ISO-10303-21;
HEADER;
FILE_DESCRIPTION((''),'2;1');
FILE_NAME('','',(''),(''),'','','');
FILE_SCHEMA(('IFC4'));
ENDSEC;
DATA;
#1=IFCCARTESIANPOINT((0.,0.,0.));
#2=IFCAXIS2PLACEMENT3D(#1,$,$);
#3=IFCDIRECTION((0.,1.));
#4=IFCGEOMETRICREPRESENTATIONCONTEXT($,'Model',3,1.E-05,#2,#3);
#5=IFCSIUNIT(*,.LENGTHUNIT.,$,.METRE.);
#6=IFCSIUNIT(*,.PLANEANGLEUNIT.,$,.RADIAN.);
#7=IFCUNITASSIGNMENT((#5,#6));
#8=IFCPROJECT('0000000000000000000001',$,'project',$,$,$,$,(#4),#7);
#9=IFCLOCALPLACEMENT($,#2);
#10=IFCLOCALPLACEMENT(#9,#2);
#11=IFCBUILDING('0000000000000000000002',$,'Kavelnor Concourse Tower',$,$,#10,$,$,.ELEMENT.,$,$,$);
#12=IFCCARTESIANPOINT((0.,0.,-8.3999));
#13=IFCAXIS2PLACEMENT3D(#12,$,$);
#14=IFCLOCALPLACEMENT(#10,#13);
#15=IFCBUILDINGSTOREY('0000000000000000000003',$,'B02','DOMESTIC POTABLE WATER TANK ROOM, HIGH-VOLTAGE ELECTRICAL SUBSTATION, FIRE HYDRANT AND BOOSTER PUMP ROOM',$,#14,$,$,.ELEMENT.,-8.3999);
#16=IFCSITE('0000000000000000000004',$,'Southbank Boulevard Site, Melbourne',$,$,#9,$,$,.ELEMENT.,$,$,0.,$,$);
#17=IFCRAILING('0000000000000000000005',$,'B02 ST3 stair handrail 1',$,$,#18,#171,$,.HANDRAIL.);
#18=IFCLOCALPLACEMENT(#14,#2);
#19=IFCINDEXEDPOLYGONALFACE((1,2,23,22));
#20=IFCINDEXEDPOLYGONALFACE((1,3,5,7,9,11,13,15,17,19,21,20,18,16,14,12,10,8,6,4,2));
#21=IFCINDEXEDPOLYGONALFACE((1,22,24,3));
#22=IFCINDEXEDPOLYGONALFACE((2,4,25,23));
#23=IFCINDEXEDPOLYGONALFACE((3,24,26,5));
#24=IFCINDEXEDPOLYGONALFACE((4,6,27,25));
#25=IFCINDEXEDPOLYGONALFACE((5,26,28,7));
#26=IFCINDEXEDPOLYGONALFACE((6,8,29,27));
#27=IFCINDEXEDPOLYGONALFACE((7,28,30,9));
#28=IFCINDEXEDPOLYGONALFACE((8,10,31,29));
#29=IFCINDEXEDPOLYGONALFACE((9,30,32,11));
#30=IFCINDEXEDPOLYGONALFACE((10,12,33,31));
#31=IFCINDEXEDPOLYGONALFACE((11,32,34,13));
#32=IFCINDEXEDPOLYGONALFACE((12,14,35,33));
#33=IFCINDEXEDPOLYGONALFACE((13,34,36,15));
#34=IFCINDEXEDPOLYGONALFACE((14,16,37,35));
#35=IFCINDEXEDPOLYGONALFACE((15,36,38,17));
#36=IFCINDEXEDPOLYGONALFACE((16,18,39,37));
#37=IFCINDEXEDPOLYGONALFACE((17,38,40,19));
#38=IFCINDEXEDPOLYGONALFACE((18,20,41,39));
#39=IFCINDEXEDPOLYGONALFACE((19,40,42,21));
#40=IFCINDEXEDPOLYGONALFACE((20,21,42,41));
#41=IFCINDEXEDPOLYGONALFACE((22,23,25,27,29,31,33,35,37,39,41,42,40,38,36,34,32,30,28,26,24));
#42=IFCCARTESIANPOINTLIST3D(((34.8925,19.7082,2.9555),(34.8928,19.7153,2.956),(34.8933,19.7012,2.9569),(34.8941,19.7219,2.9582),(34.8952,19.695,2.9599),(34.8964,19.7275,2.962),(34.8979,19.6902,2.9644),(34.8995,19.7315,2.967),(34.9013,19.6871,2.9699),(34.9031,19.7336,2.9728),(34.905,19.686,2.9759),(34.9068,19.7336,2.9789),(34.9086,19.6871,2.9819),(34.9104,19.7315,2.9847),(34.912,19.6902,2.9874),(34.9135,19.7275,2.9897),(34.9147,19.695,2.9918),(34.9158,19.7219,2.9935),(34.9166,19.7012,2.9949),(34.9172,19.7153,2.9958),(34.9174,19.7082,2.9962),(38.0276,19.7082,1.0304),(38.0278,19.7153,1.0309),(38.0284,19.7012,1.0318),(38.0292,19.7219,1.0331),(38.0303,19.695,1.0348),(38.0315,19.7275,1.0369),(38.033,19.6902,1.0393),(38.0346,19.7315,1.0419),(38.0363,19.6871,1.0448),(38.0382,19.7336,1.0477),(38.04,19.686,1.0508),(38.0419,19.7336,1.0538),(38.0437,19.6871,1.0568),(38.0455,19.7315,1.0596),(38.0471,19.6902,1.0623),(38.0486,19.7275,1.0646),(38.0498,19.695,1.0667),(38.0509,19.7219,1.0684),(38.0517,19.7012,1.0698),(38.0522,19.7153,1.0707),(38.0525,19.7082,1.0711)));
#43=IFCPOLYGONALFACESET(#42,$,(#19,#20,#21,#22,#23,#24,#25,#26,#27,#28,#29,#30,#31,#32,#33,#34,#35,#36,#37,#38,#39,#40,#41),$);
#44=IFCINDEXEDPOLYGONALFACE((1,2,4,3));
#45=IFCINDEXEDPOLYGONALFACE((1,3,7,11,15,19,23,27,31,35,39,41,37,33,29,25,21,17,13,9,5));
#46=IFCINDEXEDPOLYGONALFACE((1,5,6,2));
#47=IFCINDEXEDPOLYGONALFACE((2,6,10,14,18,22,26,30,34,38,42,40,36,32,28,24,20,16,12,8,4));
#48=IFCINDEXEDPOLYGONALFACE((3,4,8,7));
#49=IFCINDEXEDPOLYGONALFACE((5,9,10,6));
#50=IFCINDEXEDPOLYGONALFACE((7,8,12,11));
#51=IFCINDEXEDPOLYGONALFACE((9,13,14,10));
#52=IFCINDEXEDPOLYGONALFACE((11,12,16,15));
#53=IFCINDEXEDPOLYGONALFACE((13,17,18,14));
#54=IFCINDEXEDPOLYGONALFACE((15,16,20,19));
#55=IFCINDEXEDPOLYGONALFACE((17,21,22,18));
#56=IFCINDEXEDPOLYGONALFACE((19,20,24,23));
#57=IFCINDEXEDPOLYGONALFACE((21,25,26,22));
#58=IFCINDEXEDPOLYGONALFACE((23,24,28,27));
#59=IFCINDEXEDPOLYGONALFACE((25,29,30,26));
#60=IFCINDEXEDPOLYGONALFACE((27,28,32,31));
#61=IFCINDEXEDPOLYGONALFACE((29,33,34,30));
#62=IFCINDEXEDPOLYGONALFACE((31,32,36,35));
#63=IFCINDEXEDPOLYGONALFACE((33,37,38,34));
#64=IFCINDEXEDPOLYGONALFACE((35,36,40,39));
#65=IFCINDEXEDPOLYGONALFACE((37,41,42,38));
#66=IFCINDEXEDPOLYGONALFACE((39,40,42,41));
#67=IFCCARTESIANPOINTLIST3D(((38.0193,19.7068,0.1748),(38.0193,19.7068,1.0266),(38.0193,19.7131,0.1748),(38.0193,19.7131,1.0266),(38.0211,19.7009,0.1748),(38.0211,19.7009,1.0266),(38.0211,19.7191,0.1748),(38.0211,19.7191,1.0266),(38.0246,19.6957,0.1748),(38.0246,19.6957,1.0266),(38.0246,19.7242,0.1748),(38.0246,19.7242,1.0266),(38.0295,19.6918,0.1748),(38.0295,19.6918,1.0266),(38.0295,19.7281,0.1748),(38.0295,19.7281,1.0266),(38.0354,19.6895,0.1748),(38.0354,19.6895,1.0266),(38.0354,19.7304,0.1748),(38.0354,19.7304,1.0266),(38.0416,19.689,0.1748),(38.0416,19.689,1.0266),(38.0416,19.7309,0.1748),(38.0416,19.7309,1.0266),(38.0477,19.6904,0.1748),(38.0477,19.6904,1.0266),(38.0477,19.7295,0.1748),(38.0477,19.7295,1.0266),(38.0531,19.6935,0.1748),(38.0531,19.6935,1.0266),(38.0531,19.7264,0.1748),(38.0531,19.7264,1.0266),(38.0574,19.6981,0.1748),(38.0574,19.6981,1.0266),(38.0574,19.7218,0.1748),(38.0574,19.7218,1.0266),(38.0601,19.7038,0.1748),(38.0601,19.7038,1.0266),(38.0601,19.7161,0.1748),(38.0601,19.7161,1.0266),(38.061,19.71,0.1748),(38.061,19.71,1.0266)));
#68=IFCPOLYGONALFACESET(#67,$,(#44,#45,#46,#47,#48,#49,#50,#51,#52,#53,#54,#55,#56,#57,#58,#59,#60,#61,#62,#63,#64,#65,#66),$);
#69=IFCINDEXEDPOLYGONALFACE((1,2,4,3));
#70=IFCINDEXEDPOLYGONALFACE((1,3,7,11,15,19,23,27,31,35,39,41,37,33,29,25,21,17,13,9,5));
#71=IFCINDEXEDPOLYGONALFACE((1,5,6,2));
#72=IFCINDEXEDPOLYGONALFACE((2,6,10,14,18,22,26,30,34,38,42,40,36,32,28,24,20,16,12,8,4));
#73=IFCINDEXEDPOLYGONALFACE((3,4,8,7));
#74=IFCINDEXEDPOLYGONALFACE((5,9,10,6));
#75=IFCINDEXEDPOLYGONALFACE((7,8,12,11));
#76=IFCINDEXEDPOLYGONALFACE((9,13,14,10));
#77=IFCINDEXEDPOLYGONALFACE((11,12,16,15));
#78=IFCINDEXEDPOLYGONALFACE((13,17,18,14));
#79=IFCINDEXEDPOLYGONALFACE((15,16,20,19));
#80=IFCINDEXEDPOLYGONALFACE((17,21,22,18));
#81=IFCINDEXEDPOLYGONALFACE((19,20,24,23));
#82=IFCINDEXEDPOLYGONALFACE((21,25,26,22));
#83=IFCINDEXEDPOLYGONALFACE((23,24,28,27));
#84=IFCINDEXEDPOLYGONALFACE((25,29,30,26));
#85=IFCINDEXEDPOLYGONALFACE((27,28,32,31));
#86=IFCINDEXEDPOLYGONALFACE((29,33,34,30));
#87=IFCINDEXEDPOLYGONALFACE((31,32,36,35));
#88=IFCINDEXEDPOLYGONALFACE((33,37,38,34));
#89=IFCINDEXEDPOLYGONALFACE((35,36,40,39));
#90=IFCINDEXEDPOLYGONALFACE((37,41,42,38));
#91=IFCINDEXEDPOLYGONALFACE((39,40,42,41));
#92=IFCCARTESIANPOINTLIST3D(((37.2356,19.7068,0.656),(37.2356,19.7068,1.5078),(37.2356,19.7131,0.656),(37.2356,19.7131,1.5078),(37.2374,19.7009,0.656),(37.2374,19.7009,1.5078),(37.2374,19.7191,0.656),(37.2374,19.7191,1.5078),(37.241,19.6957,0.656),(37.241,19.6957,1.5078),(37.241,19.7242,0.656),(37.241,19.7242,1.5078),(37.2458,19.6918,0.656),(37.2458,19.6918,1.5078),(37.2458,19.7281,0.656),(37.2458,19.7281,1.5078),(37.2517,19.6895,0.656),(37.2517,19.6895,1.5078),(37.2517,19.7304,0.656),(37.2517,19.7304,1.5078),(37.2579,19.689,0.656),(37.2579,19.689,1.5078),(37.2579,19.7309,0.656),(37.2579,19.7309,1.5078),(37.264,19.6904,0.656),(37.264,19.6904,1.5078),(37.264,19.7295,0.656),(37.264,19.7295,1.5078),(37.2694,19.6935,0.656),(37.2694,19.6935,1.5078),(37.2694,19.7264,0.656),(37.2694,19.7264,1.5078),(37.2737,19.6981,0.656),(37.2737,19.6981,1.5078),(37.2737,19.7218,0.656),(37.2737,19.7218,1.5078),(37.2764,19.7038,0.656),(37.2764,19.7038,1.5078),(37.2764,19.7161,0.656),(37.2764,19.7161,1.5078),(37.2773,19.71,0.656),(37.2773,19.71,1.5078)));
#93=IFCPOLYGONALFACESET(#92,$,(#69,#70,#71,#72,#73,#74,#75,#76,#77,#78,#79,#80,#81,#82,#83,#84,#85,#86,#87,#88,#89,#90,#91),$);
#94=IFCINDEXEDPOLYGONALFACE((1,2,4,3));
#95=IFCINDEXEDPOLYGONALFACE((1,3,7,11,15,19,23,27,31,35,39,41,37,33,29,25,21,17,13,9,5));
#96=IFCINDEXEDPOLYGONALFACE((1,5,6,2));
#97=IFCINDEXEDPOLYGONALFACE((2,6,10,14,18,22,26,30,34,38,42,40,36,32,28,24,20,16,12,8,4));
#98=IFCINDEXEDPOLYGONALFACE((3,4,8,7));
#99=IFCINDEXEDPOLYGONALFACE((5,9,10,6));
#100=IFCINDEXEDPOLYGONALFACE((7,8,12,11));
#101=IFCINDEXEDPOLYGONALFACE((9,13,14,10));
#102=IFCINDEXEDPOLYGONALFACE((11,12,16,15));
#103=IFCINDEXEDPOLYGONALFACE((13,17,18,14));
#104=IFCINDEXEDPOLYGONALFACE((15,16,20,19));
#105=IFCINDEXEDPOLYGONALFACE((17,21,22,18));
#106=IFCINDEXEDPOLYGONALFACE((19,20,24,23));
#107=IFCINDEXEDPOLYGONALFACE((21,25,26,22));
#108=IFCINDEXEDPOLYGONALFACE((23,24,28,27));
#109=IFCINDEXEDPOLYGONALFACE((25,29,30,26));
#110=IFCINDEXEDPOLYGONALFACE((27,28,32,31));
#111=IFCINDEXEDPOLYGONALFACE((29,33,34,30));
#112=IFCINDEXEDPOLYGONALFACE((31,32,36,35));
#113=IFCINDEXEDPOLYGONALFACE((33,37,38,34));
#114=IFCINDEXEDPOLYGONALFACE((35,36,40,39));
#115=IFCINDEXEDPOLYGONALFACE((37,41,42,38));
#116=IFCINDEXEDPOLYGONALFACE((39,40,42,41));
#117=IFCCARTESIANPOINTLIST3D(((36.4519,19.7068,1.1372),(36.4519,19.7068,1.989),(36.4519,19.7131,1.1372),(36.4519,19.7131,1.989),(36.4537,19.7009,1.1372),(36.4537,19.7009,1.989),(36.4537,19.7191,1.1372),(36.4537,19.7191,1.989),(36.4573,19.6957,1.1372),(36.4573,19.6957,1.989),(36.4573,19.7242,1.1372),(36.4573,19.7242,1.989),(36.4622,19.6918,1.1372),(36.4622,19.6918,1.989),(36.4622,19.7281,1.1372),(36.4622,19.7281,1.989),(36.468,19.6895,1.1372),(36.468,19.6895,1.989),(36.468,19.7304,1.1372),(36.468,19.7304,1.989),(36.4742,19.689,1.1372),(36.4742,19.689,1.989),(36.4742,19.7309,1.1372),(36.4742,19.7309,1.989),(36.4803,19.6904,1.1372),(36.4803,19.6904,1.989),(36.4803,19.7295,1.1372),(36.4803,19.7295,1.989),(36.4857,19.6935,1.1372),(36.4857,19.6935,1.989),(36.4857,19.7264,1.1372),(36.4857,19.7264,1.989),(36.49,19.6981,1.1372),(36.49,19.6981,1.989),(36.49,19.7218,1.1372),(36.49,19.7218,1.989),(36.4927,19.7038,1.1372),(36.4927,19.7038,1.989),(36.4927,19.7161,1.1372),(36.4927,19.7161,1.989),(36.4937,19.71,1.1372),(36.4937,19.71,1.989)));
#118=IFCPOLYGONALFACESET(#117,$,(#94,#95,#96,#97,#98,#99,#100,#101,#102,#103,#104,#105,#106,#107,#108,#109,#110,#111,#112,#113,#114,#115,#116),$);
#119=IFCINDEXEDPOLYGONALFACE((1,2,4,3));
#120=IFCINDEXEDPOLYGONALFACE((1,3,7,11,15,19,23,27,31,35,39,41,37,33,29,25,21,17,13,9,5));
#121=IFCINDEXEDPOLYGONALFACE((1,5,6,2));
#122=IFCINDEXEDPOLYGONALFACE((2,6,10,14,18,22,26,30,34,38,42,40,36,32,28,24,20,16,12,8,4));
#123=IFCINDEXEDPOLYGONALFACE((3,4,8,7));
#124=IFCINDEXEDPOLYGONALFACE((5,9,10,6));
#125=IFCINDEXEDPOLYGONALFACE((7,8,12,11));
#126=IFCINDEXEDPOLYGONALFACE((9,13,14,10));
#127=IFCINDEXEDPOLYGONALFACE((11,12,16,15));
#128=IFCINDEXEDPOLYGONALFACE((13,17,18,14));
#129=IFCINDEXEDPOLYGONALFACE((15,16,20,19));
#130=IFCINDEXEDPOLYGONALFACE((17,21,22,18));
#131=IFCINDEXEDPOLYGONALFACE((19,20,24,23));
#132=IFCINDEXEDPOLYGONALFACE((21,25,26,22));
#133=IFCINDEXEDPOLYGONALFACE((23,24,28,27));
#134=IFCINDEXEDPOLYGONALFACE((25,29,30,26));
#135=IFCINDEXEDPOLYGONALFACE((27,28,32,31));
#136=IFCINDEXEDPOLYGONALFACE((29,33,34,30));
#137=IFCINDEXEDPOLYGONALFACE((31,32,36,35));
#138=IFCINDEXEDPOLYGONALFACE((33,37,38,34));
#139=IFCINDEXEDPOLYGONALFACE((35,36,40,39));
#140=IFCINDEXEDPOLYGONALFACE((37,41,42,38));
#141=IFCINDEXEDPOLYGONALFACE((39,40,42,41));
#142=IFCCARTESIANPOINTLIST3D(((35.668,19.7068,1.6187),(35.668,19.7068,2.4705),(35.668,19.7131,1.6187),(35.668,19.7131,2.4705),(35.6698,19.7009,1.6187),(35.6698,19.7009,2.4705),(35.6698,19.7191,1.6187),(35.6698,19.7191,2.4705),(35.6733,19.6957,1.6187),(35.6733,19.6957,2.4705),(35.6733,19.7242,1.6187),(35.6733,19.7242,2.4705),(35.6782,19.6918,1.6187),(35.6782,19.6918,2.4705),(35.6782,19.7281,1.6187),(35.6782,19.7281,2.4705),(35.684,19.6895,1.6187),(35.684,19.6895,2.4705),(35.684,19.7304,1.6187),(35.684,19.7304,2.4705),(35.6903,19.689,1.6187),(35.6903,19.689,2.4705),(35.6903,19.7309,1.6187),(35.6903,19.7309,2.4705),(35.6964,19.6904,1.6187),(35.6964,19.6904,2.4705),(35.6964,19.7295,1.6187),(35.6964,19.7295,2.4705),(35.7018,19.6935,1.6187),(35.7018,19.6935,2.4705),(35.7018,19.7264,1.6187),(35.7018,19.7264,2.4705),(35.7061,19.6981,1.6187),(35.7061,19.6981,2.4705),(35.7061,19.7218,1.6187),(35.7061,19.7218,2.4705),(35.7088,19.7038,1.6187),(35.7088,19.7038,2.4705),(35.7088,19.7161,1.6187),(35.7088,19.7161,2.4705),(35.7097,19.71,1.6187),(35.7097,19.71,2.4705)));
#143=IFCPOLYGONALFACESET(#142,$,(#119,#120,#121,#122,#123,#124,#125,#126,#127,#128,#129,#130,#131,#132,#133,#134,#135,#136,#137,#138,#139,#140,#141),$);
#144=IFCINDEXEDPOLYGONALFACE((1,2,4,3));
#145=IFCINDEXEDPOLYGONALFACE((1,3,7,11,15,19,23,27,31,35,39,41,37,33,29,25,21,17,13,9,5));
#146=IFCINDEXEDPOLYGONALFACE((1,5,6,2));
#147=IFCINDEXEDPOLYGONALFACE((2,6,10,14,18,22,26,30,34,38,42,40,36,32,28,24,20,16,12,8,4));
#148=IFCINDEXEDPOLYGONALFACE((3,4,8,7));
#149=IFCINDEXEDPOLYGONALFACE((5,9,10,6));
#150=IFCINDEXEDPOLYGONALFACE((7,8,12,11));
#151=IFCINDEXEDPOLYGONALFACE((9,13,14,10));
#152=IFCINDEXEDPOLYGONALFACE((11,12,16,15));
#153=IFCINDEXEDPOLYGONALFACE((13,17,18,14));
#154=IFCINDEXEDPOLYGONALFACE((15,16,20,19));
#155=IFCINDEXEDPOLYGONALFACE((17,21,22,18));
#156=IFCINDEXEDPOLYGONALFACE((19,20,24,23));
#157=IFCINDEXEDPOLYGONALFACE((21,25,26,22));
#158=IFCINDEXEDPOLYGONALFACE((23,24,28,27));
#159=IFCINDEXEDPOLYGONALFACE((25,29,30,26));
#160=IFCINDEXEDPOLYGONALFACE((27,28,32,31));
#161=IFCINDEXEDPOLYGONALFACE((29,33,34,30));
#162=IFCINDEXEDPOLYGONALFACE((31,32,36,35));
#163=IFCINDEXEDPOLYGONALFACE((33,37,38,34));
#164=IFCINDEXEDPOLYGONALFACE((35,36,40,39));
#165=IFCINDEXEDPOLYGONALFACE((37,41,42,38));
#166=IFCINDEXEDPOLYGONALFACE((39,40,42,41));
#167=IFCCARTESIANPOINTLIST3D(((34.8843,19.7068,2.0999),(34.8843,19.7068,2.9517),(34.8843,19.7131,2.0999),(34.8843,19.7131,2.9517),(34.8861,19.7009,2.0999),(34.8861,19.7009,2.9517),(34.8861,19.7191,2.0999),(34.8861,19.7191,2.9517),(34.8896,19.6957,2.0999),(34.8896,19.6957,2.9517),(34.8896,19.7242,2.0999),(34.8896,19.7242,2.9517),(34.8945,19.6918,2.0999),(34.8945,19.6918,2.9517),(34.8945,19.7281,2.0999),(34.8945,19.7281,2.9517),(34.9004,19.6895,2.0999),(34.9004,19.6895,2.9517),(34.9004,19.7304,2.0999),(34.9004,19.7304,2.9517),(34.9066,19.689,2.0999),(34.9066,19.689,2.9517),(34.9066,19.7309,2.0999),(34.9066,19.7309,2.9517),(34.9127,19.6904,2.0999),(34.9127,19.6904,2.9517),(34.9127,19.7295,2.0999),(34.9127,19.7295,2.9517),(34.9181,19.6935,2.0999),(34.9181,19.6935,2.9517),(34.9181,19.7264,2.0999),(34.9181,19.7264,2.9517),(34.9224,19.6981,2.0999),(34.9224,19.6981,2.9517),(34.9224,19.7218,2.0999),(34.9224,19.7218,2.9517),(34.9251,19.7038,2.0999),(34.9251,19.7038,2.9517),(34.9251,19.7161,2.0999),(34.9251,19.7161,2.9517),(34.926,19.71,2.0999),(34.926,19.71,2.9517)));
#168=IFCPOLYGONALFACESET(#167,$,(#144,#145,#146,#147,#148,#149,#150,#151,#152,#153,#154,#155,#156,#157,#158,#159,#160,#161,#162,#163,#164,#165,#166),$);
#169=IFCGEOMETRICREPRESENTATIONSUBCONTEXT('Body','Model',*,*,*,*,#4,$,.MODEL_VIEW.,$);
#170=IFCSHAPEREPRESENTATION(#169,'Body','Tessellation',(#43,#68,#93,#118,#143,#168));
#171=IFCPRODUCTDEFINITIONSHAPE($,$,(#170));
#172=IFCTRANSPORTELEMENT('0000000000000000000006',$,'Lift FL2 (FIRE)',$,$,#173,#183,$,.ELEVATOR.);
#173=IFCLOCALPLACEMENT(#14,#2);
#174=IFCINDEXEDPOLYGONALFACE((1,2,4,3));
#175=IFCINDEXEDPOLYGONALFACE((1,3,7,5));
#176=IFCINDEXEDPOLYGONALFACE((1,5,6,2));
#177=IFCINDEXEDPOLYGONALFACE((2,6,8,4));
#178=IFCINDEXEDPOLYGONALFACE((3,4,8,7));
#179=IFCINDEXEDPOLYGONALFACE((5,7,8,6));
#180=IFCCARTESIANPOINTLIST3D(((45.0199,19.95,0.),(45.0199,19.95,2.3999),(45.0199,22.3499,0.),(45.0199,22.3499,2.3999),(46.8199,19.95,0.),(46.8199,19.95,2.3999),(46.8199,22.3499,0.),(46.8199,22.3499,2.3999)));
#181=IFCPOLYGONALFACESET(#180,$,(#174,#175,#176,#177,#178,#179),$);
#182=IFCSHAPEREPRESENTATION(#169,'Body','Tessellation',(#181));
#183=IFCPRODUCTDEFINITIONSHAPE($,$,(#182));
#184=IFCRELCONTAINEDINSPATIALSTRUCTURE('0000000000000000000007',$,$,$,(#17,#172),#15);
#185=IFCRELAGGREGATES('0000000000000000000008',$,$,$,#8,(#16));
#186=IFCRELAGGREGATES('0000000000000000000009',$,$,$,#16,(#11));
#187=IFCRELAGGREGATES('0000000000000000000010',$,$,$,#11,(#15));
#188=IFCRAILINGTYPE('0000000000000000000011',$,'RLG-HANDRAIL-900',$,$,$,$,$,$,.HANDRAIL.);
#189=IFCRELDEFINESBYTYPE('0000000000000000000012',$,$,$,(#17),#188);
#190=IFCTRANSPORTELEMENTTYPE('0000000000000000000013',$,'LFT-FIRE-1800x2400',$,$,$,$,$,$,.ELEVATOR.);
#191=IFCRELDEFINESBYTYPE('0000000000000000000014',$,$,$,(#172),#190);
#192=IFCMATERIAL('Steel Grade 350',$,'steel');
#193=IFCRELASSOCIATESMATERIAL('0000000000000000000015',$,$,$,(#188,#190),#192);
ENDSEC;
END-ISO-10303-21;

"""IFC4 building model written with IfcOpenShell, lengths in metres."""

from ifc_helpers import new_model, si_unit, direction, frame, origin, origin_2d, place, context, subcontext, project, spatial, rectangle, circle, extrude, material, type_object, element, save


model = new_model("IFC4")

# Units and contexts
model_context = context("Model", 3, precision=1e-05, world=origin(), true_north=direction((0.0, 1.0)))
body_context = subcontext(model_context, "Body", "Model", "MODEL_VIEW")
ifc_project = project(units=[si_unit("LENGTHUNIT", "METRE"), si_unit("PLANEANGLEUNIT", "RADIAN")], contexts=[model_context])

# Site, building, storey
site_placement = place(None, origin())
site = spatial("IfcSite", under=ifc_project, at=site_placement, Name="Southbank Boulevard Site, Melbourne", CompositionType="ELEMENT", RefElevation=0.0)
building_placement = place(site_placement, origin())
building = spatial("IfcBuilding", under=site, at=building_placement, Name="Kavelnor Concourse Tower", CompositionType="ELEMENT")
storey_placement = place(building_placement, frame((0.0, 0.0, -8.3999)))
storey = spatial("IfcBuildingStorey", under=building, at=storey_placement, Name="B02", Description="DOMESTIC POTABLE WATER TANK ROOM, HIGH-VOLTAGE ELECTRICAL SUBSTATION, FIRE HYDRANT AND BOOSTER PUMP ROOM", CompositionType="ELEMENT", Elevation=-8.3999)

# Shared definitions
ifc_material_1 = material(Name="Steel Grade 350", Category="steel")

# Railing
railing_type_1 = type_object("IfcRailingType", Name="RLG-HANDRAIL-900", PredefinedType="HANDRAIL", material=ifc_material_1)
railing_1_placement = place(storey_placement, frame((38.04, 19.71, 0.1748)))
element("IfcRailing", 1, at=railing_1_placement, inside=storey, type_object=railing_type_1, Name="B02 ST3 stair handrail 1", PredefinedType="HANDRAIL", context=body_context, shape_type="SweptSolid", body=[
    extrude(circle(Radius=0.0239, at=origin_2d()), frame((0.0, 0.0, 0.876), z_axis=(-0.852166, 0.0, 0.523271), x_axis=(0.0, -1.0, 0.0)), (0.0, 0.0, 1.0), 3.679),
    extrude(circle(Radius=0.021, at=origin_2d()), origin(), (0.0, 0.0, 1.0), 0.8518),
    extrude(circle(Radius=0.021, at=origin_2d()), frame((-0.7837, 0.0, 0.4812)), (0.0, 0.0, 1.0), 0.8518),
    extrude(circle(Radius=0.021, at=origin_2d()), frame((-1.5674, 0.0, 0.9624)), (0.0, 0.0, 1.0), 0.8518),
    extrude(circle(Radius=0.021, at=origin_2d()), frame((-2.3513, 0.0, 1.4438)), (0.0, 0.0, 1.0), 0.8518),
    extrude(circle(Radius=0.021, at=origin_2d()), frame((-3.135, 0.0, 1.925)), (0.0, 0.0, 1.0), 0.8518),
])

# Transport element
transport_element_type = type_object("IfcTransportElementType", Name="LFT-FIRE-1800x2400", PredefinedType="ELEVATOR", material=ifc_material_1)
transport_element_placement = place(storey_placement, frame((45.9199, 21.1499, 0.0), z_axis=(0.0, 0.0, 1.0), x_axis=(1.0, 0.0, 0.0)))
element("IfcTransportElement", 2, at=transport_element_placement, inside=storey, type_object=transport_element_type, Name="Lift FL2 (FIRE)", PredefinedType="ELEVATOR", context=body_context, shape_type="SweptSolid", body=[
    extrude(rectangle(XDim=1.8, YDim=2.3999, at=origin_2d()), origin(), (0.0, 0.0, 1.0), 2.3999),
])

save(model, "model.ifc")
